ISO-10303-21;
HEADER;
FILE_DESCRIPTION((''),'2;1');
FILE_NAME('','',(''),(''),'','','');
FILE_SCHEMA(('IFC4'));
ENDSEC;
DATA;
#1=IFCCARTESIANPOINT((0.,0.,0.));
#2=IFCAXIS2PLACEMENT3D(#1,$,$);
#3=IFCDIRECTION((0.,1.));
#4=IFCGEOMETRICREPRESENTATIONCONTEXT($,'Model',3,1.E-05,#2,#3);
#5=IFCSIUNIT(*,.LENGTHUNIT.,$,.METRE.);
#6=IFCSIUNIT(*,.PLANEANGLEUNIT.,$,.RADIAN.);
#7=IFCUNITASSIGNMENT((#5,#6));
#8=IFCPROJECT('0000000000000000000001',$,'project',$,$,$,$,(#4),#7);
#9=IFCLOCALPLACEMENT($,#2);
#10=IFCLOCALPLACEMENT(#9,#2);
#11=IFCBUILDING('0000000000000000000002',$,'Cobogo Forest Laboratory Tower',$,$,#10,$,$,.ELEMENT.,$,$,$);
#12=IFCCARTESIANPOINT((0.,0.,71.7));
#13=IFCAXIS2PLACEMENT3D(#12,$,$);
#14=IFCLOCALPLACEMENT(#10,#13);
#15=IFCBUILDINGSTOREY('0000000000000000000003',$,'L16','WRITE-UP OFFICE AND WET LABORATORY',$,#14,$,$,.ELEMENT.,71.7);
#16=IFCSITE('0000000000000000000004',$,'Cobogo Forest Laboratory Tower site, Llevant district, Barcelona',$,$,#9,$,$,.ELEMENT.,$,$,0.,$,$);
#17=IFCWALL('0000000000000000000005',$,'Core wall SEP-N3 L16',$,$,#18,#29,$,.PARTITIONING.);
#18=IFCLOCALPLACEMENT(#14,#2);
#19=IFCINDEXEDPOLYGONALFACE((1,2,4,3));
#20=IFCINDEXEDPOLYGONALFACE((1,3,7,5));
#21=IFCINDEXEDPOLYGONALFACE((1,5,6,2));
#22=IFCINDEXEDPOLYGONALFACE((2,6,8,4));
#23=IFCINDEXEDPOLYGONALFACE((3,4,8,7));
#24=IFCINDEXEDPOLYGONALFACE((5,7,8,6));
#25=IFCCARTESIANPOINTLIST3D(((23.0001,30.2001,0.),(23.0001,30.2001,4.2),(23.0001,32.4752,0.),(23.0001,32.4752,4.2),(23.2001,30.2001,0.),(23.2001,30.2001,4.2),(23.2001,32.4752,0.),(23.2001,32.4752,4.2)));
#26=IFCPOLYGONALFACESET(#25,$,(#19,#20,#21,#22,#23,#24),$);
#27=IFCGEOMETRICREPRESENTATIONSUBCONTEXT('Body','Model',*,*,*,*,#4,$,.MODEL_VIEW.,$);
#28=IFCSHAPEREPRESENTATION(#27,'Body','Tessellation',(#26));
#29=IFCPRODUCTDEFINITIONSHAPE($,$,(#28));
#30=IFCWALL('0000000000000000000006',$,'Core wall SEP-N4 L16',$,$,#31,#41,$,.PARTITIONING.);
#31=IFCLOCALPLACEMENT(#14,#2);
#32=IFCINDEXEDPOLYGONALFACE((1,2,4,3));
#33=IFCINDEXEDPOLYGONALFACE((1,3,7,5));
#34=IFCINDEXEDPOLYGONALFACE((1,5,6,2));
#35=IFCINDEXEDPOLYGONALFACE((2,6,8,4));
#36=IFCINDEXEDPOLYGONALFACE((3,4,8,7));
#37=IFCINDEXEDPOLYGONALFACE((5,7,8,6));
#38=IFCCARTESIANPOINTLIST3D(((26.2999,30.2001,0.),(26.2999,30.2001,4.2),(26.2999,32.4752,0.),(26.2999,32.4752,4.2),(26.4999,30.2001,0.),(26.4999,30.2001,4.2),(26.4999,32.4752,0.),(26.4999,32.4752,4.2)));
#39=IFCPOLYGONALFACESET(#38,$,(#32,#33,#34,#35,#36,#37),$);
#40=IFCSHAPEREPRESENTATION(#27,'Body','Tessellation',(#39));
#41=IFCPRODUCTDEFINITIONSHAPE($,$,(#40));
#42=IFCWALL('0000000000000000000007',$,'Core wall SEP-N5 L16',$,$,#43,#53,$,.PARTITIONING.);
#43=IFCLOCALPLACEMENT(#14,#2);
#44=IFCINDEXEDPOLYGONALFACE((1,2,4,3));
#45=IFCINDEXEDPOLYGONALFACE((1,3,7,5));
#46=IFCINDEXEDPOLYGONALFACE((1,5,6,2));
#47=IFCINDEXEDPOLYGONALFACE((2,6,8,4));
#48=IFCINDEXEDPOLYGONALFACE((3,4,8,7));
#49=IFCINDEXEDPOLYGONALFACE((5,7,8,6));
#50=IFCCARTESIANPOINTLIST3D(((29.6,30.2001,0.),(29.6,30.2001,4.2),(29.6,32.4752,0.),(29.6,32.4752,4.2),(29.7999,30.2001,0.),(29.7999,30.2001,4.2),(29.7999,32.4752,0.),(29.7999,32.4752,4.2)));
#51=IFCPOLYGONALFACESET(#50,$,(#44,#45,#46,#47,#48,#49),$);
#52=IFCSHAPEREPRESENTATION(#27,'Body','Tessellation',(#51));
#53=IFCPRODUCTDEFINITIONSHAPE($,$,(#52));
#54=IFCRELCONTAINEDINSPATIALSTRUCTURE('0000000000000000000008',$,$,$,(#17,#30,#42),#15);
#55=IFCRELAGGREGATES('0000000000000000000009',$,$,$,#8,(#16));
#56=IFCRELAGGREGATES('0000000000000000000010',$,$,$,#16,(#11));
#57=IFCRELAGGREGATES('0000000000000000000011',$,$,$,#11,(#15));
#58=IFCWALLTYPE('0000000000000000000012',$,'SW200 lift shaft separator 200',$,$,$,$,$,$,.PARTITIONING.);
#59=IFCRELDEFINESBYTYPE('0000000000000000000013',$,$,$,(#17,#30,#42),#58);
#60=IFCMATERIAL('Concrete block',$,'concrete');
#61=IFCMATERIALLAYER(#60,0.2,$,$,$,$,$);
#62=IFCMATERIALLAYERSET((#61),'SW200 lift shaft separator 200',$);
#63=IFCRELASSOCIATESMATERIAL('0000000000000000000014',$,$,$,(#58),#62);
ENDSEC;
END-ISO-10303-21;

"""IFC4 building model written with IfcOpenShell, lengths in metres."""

from ifc_helpers import new_model, si_unit, direction, frame, frame_2d, origin, place, context, subcontext, project, spatial, rectangle, extrude, material, layer, layer_set, type_object, element, save


model = new_model("IFC4")

# Units and contexts
model_context = context("Model", 3, precision=1e-05, world=origin(), true_north=direction((0.0, 1.0)))
body_context = subcontext(model_context, "Body", "Model", "MODEL_VIEW")
ifc_project = project(units=[si_unit("LENGTHUNIT", "METRE"), si_unit("PLANEANGLEUNIT", "RADIAN")], contexts=[model_context])

# Site, building, storey
site_placement = place(None, origin())
site = spatial("IfcSite", under=ifc_project, at=site_placement, Name="Cobogo Forest Laboratory Tower site, Llevant district, Barcelona", CompositionType="ELEMENT", RefElevation=0.0)
building_placement = place(site_placement, origin())
building = spatial("IfcBuilding", under=site, at=building_placement, Name="Cobogo Forest Laboratory Tower", CompositionType="ELEMENT")
storey_placement = place(building_placement, frame((0.0, 0.0, 71.7)))
storey = spatial("IfcBuildingStorey", under=building, at=storey_placement, Name="L16", Description="WRITE-UP OFFICE AND WET LABORATORY", CompositionType="ELEMENT", Elevation=71.7)

# Walls
ifc_material_1 = material(Name="Concrete block", Category="concrete")
ifc_layer_1 = layer(ifc_material_1, 0.2)
ifc_layer_set_1 = layer_set([ifc_layer_1], Name="SW200 lift shaft separator 200")
wall_type_1 = type_object("IfcWallType", Name="SW200 lift shaft separator 200", PredefinedType="PARTITIONING", material=ifc_layer_set_1)
for number, where, z_axis, x_axis, name in (
    (1, (23.1001, 30.2, 0.0), (0.0, 0.0, 1.0), (0.0, 1.0, 0.0), "Core wall SEP-N3 L16"),
    (2, (26.3999, 30.2, 0.0), (0.0, 0.0, 1.0), (0.0, 1.0, 0.0), "Core wall SEP-N4 L16"),
    (3, (29.7, 30.2, 0.0), (0.0, 0.0, 1.0), (0.0, 1.0, 0.0), "Core wall SEP-N5 L16"),
):
    element("IfcWall", number, at=place(storey_placement, frame(where, z_axis=z_axis, x_axis=x_axis)), inside=storey, type_object=wall_type_1, Name=name, PredefinedType="PARTITIONING", context=body_context, shape_type="SweptSolid", body=[
        extrude(rectangle(XDim=2.2751, YDim=0.2, at=frame_2d((1.1377, 0.0))), origin(), (0.0, 0.0, 1.0), 4.2),
    ])

save(model, "model.ifc")
